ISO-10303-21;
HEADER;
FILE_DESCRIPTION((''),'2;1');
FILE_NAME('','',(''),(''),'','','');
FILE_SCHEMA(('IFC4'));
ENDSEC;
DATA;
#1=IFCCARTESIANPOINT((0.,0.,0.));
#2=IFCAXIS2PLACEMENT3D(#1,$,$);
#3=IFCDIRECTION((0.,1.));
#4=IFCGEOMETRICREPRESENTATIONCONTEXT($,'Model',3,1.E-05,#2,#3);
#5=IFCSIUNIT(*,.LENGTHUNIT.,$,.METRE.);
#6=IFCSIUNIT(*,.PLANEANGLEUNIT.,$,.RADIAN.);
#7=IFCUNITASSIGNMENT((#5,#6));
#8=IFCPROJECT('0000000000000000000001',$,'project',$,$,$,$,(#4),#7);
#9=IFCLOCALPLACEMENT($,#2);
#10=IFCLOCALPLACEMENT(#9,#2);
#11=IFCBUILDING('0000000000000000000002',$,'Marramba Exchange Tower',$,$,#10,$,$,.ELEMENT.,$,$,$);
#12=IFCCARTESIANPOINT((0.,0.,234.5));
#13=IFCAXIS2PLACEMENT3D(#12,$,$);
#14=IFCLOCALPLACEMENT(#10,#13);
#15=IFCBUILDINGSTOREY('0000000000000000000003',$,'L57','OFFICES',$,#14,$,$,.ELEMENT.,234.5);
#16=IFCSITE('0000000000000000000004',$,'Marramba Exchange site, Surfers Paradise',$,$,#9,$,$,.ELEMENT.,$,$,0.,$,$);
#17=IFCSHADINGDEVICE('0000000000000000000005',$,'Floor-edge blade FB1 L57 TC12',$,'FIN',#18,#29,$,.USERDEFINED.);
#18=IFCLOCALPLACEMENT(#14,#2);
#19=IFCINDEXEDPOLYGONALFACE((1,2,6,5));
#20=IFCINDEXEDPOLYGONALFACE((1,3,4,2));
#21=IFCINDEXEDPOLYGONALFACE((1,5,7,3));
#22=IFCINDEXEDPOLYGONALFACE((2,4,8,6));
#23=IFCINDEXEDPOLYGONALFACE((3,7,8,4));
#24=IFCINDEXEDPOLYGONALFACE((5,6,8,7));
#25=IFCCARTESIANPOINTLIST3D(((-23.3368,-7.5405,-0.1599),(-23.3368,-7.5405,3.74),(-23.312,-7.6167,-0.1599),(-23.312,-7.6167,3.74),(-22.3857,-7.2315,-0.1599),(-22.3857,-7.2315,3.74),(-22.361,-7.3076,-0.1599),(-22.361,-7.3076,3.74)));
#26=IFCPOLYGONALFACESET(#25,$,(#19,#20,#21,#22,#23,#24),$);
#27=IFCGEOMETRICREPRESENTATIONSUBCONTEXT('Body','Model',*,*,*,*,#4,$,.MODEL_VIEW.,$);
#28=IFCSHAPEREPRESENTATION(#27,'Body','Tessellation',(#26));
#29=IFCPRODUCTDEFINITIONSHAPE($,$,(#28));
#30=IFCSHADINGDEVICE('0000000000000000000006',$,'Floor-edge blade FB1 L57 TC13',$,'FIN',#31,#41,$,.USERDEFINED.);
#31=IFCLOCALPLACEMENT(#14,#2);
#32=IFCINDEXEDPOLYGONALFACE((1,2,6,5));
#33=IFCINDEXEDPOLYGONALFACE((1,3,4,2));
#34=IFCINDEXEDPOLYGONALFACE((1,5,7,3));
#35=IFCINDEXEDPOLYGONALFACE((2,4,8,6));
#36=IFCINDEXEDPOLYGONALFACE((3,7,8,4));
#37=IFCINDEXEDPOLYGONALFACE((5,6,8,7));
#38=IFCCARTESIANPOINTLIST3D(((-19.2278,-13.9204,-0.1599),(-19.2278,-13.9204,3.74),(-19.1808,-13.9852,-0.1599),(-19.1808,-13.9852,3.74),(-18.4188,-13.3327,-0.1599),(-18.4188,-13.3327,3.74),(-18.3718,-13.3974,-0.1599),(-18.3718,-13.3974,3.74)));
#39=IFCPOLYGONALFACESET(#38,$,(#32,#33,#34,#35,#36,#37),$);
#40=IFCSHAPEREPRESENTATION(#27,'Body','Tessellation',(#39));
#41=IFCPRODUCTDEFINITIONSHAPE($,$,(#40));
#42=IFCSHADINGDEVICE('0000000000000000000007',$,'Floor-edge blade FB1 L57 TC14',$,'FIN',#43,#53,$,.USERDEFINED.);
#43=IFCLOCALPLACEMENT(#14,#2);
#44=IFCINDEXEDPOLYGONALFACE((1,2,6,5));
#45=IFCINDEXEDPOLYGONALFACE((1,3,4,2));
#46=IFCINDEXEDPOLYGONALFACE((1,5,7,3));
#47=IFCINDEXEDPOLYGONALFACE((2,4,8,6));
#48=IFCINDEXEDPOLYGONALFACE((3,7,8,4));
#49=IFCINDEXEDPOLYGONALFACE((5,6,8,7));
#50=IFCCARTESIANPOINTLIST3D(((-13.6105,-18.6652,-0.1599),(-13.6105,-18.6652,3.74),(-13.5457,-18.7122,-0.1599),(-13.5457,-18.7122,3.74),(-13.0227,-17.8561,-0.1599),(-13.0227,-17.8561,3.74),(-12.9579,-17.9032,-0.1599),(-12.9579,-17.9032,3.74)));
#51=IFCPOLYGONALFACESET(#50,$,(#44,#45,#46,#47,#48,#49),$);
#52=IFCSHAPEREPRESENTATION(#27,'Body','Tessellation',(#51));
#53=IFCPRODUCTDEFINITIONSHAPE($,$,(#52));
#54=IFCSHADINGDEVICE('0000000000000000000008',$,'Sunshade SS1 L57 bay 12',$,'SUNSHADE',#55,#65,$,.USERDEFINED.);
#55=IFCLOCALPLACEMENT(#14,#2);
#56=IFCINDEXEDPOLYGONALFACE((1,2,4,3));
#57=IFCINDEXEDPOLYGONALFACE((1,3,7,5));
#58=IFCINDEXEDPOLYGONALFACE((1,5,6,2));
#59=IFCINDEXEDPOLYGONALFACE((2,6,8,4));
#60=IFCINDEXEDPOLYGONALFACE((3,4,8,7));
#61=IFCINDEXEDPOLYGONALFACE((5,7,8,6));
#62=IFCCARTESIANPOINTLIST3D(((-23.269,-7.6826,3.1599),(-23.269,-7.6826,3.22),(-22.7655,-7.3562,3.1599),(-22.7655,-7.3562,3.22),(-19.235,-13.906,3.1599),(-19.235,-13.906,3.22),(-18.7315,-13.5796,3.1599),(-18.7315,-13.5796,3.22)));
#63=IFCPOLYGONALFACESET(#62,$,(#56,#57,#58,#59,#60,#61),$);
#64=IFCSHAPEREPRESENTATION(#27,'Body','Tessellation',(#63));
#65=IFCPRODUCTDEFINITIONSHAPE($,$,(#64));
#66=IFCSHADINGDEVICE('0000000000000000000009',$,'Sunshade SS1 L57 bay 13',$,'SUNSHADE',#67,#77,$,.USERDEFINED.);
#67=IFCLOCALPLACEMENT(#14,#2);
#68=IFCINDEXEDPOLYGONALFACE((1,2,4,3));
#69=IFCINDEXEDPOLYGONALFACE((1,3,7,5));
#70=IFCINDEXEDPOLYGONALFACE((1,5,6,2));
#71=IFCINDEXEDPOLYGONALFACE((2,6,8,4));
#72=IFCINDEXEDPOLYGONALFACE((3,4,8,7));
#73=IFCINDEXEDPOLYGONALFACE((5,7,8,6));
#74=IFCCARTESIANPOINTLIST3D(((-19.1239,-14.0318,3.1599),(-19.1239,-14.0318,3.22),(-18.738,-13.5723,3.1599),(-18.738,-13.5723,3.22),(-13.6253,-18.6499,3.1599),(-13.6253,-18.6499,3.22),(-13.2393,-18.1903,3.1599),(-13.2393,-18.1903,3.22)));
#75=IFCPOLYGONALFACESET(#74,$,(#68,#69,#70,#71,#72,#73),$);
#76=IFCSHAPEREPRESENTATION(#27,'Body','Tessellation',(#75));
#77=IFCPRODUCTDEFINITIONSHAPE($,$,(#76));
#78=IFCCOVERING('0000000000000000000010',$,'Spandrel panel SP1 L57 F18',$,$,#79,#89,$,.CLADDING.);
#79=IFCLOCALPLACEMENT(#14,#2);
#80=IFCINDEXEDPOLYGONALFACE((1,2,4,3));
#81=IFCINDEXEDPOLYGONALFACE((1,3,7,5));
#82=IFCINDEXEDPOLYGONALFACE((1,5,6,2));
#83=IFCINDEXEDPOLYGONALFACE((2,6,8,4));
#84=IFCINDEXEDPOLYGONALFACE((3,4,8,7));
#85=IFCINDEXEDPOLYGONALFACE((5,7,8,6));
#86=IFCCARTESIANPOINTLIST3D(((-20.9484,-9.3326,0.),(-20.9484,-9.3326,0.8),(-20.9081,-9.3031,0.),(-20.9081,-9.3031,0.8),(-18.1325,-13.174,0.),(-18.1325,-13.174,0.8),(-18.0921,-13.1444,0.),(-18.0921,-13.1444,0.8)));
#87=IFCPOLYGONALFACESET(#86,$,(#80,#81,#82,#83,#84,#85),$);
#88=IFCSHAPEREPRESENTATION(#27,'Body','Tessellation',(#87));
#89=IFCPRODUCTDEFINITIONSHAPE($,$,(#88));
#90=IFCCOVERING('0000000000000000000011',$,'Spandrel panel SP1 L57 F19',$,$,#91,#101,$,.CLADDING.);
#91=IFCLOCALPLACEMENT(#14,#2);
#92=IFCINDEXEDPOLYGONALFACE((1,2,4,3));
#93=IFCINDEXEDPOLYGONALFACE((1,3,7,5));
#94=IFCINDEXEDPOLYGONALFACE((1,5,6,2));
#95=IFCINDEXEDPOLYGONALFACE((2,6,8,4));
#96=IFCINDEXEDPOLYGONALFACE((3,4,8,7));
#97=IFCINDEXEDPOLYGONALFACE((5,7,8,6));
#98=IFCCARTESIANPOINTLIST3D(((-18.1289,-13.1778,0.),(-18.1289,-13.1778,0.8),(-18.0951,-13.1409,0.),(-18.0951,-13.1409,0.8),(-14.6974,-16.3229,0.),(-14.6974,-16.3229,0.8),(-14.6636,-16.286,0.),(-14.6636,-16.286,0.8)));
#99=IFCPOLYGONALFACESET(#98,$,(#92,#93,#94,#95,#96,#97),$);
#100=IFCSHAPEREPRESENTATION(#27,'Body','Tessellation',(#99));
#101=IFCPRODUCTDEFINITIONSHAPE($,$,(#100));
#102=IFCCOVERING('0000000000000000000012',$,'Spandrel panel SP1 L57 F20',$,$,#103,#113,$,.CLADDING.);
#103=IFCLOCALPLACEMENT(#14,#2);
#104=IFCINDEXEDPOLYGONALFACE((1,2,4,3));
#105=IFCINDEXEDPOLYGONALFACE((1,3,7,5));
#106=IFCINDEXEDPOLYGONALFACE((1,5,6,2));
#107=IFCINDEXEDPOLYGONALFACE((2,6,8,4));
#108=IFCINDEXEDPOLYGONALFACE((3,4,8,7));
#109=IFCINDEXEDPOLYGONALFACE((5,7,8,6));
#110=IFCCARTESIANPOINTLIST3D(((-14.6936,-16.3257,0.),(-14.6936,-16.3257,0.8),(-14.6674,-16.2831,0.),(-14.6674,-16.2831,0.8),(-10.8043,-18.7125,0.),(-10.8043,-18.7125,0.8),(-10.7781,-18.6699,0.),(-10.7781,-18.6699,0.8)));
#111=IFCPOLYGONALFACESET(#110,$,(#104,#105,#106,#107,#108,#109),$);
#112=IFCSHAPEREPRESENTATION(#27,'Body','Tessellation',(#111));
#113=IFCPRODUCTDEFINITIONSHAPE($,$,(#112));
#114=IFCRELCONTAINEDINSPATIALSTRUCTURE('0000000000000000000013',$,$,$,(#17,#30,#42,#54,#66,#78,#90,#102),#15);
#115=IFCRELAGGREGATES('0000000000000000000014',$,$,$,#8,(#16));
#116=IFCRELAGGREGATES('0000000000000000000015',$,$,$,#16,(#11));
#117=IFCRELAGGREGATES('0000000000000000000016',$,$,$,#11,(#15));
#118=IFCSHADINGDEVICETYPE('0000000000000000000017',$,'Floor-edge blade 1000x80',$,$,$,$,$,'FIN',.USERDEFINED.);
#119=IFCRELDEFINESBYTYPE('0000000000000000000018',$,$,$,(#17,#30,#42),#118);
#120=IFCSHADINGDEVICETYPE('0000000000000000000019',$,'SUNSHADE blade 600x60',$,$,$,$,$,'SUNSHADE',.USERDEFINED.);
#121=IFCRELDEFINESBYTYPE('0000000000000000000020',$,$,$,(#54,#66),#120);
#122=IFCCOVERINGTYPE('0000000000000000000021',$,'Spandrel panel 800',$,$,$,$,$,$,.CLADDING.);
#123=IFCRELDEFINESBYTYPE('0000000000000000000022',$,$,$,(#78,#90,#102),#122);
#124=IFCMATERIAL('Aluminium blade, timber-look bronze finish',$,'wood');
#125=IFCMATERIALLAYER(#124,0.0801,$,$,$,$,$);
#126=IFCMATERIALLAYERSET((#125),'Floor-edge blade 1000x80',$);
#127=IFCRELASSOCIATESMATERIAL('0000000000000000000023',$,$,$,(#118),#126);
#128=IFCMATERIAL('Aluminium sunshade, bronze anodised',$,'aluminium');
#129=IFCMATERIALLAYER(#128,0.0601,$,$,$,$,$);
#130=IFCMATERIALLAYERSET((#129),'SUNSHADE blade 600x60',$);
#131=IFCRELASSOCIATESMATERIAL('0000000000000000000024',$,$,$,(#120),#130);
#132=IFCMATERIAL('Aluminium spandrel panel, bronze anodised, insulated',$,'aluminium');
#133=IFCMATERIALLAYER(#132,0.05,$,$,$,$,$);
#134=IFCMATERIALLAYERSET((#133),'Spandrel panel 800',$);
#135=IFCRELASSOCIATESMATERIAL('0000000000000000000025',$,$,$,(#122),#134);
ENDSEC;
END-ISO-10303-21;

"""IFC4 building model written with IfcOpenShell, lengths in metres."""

from ifc_helpers import new_model, si_unit, direction, frame, origin, origin_2d, place, context, subcontext, project, spatial, rectangle, extrude, material, layer, layer_set, type_object, element, save


model = new_model("IFC4")

# Units and contexts
model_context = context("Model", 3, precision=1e-05, world=origin(), true_north=direction((0.0, 1.0)))
body_context = subcontext(model_context, "Body", "Model", "MODEL_VIEW")
ifc_project = project(units=[si_unit("LENGTHUNIT", "METRE"), si_unit("PLANEANGLEUNIT", "RADIAN")], contexts=[model_context])

# Site, building, storey
site_placement = place(None, origin())
site = spatial("IfcSite", under=ifc_project, at=site_placement, Name="Marramba Exchange site, Surfers Paradise", CompositionType="ELEMENT", RefElevation=0.0)
building_placement = place(site_placement, origin())
building = spatial("IfcBuilding", under=site, at=building_placement, Name="Marramba Exchange Tower", CompositionType="ELEMENT")
storey_placement = place(building_placement, frame((0.0, 0.0, 234.5)))
storey = spatial("IfcBuildingStorey", under=building, at=storey_placement, Name="L57", Description="OFFICES", CompositionType="ELEMENT", Elevation=234.5)

# Shading devices
ifc_material_1 = material(Name="Aluminium blade, timber-look bronze finish", Category="wood")
ifc_layer_1 = layer(ifc_material_1, 0.0801)
ifc_layer_set_1 = layer_set([ifc_layer_1], Name="Floor-edge blade 1000x80")
shading_device_type_1 = type_object("IfcShadingDeviceType", Name="Floor-edge blade 1000x80", ElementType="FIN", PredefinedType="USERDEFINED", material=ifc_layer_set_1)
for number, where, z_axis, x_axis, name in (
    (1, (-22.8489, -7.4241, -0.1599), (0.0, 0.0, 1.0), (-0.951057, -0.309017, 0.0), "Floor-edge blade FB1 L57 TC12"),
    (2, (-18.7998, -13.6589, -0.1599), (0.0, 0.0, 1.0), (-0.809017, -0.587785, 0.0), "Floor-edge blade FB1 L57 TC13"),
    (3, (-13.2842, -18.2842, -0.1599), (0.0, 0.0, 1.0), (-0.587785, -0.809017, 0.0), "Floor-edge blade FB1 L57 TC14"),
):
    element("IfcShadingDevice", number, at=place(storey_placement, frame(where, z_axis=z_axis, x_axis=x_axis)), inside=storey, type_object=shading_device_type_1, Name=name, ObjectType="FIN", PredefinedType="USERDEFINED", context=body_context, shape_type="SweptSolid", body=[
        extrude(rectangle(XDim=1.0, YDim=0.0801, at=origin_2d()), origin(), (0.0, 0.0, 1.0), 3.8999),
    ])
ifc_material_2 = material(Name="Aluminium sunshade, bronze anodised", Category="aluminium")
ifc_layer_2 = layer(ifc_material_2, 0.0601)
ifc_layer_set_2 = layer_set([ifc_layer_2], Name="SUNSHADE blade 600x60")
shading_device_type_2 = type_object("IfcShadingDeviceType", Name="SUNSHADE blade 600x60", ElementType="SUNSHADE", PredefinedType="USERDEFINED", material=ifc_layer_set_2)
shading_device_1_placement = place(storey_placement, frame((-21.0002, -10.6311, 3.1599), z_axis=(0.0, 0.0, 1.0), x_axis=(0.543922, -0.839136, 0.0)))
element("IfcShadingDevice", 4, at=shading_device_1_placement, inside=storey, type_object=shading_device_type_2, Name="Sunshade SS1 L57 bay 12", ObjectType="SUNSHADE", PredefinedType="USERDEFINED", context=body_context, shape_type="SweptSolid", body=[
    extrude(rectangle(XDim=7.4165, YDim=0.6001, at=origin_2d()), origin(), (0.0, 0.0, 1.0), 0.0601),
])
shading_device_2_placement = place(storey_placement, frame((-16.1816, -16.1111, 3.1599), z_axis=(0.0, 0.0, 1.0), x_axis=(0.765762, -0.643124, 0.0)))
element("IfcShadingDevice", 5, at=shading_device_2_placement, inside=storey, type_object=shading_device_type_2, Name="Sunshade SS1 L57 bay 13", ObjectType="SUNSHADE", PredefinedType="USERDEFINED", context=body_context, shape_type="SweptSolid", body=[
    extrude(rectangle(XDim=7.1807, YDim=0.6001, at=origin_2d()), origin(), (0.0, 0.0, 1.0), 0.0601),
])

# Coverings
ifc_material_3 = material(Name="Aluminium spandrel panel, bronze anodised, insulated", Category="aluminium")
ifc_layer_3 = layer(ifc_material_3, 0.05)
ifc_layer_set_3 = layer_set([ifc_layer_3], Name="Spandrel panel 800")
covering_type = type_object("IfcCoveringType", Name="Spandrel panel 800", PredefinedType="CLADDING", material=ifc_layer_set_3)
covering_1_placement = place(storey_placement, frame((-19.5203, -11.2385, 0.0), z_axis=(0.0, 0.0, 1.0), x_axis=(0.591223, -0.806508, 0.0)))
element("IfcCovering", 6, at=covering_1_placement, inside=storey, type_object=covering_type, Name="Spandrel panel SP1 L57 F18", PredefinedType="CLADDING", context=body_context, shape_type="SweptSolid", body=[
    extrude(rectangle(XDim=4.7629, YDim=0.05, at=origin_2d()), origin(), (0.0, 0.0, 1.0), 0.8),
])
covering_2_placement = place(storey_placement, frame((-16.3962, -14.7319, 0.0), z_axis=(0.0, 0.0, 1.0), x_axis=(0.737203, -0.675671, 0.0)))
element("IfcCovering", 7, at=covering_2_placement, inside=storey, type_object=covering_type, Name="Spandrel panel SP1 L57 F19", PredefinedType="CLADDING", context=body_context, shape_type="SweptSolid", body=[
    extrude(rectangle(XDim=4.6548, YDim=0.05, at=origin_2d()), origin(), (0.0, 0.0, 1.0), 0.8),
])
covering_3_placement = place(storey_placement, frame((-12.7358, -17.4978, 0.0), z_axis=(0.0, 0.0, 1.0), x_axis=(0.852301, -0.523052, 0.0)))
element("IfcCovering", 8, at=covering_3_placement, inside=storey, type_object=covering_type, Name="Spandrel panel SP1 L57 F20", PredefinedType="CLADDING", context=body_context, shape_type="SweptSolid", body=[
    extrude(rectangle(XDim=4.5632, YDim=0.05, at=origin_2d()), origin(), (0.0, 0.0, 1.0), 0.8),
])

save(model, "model.ifc")
